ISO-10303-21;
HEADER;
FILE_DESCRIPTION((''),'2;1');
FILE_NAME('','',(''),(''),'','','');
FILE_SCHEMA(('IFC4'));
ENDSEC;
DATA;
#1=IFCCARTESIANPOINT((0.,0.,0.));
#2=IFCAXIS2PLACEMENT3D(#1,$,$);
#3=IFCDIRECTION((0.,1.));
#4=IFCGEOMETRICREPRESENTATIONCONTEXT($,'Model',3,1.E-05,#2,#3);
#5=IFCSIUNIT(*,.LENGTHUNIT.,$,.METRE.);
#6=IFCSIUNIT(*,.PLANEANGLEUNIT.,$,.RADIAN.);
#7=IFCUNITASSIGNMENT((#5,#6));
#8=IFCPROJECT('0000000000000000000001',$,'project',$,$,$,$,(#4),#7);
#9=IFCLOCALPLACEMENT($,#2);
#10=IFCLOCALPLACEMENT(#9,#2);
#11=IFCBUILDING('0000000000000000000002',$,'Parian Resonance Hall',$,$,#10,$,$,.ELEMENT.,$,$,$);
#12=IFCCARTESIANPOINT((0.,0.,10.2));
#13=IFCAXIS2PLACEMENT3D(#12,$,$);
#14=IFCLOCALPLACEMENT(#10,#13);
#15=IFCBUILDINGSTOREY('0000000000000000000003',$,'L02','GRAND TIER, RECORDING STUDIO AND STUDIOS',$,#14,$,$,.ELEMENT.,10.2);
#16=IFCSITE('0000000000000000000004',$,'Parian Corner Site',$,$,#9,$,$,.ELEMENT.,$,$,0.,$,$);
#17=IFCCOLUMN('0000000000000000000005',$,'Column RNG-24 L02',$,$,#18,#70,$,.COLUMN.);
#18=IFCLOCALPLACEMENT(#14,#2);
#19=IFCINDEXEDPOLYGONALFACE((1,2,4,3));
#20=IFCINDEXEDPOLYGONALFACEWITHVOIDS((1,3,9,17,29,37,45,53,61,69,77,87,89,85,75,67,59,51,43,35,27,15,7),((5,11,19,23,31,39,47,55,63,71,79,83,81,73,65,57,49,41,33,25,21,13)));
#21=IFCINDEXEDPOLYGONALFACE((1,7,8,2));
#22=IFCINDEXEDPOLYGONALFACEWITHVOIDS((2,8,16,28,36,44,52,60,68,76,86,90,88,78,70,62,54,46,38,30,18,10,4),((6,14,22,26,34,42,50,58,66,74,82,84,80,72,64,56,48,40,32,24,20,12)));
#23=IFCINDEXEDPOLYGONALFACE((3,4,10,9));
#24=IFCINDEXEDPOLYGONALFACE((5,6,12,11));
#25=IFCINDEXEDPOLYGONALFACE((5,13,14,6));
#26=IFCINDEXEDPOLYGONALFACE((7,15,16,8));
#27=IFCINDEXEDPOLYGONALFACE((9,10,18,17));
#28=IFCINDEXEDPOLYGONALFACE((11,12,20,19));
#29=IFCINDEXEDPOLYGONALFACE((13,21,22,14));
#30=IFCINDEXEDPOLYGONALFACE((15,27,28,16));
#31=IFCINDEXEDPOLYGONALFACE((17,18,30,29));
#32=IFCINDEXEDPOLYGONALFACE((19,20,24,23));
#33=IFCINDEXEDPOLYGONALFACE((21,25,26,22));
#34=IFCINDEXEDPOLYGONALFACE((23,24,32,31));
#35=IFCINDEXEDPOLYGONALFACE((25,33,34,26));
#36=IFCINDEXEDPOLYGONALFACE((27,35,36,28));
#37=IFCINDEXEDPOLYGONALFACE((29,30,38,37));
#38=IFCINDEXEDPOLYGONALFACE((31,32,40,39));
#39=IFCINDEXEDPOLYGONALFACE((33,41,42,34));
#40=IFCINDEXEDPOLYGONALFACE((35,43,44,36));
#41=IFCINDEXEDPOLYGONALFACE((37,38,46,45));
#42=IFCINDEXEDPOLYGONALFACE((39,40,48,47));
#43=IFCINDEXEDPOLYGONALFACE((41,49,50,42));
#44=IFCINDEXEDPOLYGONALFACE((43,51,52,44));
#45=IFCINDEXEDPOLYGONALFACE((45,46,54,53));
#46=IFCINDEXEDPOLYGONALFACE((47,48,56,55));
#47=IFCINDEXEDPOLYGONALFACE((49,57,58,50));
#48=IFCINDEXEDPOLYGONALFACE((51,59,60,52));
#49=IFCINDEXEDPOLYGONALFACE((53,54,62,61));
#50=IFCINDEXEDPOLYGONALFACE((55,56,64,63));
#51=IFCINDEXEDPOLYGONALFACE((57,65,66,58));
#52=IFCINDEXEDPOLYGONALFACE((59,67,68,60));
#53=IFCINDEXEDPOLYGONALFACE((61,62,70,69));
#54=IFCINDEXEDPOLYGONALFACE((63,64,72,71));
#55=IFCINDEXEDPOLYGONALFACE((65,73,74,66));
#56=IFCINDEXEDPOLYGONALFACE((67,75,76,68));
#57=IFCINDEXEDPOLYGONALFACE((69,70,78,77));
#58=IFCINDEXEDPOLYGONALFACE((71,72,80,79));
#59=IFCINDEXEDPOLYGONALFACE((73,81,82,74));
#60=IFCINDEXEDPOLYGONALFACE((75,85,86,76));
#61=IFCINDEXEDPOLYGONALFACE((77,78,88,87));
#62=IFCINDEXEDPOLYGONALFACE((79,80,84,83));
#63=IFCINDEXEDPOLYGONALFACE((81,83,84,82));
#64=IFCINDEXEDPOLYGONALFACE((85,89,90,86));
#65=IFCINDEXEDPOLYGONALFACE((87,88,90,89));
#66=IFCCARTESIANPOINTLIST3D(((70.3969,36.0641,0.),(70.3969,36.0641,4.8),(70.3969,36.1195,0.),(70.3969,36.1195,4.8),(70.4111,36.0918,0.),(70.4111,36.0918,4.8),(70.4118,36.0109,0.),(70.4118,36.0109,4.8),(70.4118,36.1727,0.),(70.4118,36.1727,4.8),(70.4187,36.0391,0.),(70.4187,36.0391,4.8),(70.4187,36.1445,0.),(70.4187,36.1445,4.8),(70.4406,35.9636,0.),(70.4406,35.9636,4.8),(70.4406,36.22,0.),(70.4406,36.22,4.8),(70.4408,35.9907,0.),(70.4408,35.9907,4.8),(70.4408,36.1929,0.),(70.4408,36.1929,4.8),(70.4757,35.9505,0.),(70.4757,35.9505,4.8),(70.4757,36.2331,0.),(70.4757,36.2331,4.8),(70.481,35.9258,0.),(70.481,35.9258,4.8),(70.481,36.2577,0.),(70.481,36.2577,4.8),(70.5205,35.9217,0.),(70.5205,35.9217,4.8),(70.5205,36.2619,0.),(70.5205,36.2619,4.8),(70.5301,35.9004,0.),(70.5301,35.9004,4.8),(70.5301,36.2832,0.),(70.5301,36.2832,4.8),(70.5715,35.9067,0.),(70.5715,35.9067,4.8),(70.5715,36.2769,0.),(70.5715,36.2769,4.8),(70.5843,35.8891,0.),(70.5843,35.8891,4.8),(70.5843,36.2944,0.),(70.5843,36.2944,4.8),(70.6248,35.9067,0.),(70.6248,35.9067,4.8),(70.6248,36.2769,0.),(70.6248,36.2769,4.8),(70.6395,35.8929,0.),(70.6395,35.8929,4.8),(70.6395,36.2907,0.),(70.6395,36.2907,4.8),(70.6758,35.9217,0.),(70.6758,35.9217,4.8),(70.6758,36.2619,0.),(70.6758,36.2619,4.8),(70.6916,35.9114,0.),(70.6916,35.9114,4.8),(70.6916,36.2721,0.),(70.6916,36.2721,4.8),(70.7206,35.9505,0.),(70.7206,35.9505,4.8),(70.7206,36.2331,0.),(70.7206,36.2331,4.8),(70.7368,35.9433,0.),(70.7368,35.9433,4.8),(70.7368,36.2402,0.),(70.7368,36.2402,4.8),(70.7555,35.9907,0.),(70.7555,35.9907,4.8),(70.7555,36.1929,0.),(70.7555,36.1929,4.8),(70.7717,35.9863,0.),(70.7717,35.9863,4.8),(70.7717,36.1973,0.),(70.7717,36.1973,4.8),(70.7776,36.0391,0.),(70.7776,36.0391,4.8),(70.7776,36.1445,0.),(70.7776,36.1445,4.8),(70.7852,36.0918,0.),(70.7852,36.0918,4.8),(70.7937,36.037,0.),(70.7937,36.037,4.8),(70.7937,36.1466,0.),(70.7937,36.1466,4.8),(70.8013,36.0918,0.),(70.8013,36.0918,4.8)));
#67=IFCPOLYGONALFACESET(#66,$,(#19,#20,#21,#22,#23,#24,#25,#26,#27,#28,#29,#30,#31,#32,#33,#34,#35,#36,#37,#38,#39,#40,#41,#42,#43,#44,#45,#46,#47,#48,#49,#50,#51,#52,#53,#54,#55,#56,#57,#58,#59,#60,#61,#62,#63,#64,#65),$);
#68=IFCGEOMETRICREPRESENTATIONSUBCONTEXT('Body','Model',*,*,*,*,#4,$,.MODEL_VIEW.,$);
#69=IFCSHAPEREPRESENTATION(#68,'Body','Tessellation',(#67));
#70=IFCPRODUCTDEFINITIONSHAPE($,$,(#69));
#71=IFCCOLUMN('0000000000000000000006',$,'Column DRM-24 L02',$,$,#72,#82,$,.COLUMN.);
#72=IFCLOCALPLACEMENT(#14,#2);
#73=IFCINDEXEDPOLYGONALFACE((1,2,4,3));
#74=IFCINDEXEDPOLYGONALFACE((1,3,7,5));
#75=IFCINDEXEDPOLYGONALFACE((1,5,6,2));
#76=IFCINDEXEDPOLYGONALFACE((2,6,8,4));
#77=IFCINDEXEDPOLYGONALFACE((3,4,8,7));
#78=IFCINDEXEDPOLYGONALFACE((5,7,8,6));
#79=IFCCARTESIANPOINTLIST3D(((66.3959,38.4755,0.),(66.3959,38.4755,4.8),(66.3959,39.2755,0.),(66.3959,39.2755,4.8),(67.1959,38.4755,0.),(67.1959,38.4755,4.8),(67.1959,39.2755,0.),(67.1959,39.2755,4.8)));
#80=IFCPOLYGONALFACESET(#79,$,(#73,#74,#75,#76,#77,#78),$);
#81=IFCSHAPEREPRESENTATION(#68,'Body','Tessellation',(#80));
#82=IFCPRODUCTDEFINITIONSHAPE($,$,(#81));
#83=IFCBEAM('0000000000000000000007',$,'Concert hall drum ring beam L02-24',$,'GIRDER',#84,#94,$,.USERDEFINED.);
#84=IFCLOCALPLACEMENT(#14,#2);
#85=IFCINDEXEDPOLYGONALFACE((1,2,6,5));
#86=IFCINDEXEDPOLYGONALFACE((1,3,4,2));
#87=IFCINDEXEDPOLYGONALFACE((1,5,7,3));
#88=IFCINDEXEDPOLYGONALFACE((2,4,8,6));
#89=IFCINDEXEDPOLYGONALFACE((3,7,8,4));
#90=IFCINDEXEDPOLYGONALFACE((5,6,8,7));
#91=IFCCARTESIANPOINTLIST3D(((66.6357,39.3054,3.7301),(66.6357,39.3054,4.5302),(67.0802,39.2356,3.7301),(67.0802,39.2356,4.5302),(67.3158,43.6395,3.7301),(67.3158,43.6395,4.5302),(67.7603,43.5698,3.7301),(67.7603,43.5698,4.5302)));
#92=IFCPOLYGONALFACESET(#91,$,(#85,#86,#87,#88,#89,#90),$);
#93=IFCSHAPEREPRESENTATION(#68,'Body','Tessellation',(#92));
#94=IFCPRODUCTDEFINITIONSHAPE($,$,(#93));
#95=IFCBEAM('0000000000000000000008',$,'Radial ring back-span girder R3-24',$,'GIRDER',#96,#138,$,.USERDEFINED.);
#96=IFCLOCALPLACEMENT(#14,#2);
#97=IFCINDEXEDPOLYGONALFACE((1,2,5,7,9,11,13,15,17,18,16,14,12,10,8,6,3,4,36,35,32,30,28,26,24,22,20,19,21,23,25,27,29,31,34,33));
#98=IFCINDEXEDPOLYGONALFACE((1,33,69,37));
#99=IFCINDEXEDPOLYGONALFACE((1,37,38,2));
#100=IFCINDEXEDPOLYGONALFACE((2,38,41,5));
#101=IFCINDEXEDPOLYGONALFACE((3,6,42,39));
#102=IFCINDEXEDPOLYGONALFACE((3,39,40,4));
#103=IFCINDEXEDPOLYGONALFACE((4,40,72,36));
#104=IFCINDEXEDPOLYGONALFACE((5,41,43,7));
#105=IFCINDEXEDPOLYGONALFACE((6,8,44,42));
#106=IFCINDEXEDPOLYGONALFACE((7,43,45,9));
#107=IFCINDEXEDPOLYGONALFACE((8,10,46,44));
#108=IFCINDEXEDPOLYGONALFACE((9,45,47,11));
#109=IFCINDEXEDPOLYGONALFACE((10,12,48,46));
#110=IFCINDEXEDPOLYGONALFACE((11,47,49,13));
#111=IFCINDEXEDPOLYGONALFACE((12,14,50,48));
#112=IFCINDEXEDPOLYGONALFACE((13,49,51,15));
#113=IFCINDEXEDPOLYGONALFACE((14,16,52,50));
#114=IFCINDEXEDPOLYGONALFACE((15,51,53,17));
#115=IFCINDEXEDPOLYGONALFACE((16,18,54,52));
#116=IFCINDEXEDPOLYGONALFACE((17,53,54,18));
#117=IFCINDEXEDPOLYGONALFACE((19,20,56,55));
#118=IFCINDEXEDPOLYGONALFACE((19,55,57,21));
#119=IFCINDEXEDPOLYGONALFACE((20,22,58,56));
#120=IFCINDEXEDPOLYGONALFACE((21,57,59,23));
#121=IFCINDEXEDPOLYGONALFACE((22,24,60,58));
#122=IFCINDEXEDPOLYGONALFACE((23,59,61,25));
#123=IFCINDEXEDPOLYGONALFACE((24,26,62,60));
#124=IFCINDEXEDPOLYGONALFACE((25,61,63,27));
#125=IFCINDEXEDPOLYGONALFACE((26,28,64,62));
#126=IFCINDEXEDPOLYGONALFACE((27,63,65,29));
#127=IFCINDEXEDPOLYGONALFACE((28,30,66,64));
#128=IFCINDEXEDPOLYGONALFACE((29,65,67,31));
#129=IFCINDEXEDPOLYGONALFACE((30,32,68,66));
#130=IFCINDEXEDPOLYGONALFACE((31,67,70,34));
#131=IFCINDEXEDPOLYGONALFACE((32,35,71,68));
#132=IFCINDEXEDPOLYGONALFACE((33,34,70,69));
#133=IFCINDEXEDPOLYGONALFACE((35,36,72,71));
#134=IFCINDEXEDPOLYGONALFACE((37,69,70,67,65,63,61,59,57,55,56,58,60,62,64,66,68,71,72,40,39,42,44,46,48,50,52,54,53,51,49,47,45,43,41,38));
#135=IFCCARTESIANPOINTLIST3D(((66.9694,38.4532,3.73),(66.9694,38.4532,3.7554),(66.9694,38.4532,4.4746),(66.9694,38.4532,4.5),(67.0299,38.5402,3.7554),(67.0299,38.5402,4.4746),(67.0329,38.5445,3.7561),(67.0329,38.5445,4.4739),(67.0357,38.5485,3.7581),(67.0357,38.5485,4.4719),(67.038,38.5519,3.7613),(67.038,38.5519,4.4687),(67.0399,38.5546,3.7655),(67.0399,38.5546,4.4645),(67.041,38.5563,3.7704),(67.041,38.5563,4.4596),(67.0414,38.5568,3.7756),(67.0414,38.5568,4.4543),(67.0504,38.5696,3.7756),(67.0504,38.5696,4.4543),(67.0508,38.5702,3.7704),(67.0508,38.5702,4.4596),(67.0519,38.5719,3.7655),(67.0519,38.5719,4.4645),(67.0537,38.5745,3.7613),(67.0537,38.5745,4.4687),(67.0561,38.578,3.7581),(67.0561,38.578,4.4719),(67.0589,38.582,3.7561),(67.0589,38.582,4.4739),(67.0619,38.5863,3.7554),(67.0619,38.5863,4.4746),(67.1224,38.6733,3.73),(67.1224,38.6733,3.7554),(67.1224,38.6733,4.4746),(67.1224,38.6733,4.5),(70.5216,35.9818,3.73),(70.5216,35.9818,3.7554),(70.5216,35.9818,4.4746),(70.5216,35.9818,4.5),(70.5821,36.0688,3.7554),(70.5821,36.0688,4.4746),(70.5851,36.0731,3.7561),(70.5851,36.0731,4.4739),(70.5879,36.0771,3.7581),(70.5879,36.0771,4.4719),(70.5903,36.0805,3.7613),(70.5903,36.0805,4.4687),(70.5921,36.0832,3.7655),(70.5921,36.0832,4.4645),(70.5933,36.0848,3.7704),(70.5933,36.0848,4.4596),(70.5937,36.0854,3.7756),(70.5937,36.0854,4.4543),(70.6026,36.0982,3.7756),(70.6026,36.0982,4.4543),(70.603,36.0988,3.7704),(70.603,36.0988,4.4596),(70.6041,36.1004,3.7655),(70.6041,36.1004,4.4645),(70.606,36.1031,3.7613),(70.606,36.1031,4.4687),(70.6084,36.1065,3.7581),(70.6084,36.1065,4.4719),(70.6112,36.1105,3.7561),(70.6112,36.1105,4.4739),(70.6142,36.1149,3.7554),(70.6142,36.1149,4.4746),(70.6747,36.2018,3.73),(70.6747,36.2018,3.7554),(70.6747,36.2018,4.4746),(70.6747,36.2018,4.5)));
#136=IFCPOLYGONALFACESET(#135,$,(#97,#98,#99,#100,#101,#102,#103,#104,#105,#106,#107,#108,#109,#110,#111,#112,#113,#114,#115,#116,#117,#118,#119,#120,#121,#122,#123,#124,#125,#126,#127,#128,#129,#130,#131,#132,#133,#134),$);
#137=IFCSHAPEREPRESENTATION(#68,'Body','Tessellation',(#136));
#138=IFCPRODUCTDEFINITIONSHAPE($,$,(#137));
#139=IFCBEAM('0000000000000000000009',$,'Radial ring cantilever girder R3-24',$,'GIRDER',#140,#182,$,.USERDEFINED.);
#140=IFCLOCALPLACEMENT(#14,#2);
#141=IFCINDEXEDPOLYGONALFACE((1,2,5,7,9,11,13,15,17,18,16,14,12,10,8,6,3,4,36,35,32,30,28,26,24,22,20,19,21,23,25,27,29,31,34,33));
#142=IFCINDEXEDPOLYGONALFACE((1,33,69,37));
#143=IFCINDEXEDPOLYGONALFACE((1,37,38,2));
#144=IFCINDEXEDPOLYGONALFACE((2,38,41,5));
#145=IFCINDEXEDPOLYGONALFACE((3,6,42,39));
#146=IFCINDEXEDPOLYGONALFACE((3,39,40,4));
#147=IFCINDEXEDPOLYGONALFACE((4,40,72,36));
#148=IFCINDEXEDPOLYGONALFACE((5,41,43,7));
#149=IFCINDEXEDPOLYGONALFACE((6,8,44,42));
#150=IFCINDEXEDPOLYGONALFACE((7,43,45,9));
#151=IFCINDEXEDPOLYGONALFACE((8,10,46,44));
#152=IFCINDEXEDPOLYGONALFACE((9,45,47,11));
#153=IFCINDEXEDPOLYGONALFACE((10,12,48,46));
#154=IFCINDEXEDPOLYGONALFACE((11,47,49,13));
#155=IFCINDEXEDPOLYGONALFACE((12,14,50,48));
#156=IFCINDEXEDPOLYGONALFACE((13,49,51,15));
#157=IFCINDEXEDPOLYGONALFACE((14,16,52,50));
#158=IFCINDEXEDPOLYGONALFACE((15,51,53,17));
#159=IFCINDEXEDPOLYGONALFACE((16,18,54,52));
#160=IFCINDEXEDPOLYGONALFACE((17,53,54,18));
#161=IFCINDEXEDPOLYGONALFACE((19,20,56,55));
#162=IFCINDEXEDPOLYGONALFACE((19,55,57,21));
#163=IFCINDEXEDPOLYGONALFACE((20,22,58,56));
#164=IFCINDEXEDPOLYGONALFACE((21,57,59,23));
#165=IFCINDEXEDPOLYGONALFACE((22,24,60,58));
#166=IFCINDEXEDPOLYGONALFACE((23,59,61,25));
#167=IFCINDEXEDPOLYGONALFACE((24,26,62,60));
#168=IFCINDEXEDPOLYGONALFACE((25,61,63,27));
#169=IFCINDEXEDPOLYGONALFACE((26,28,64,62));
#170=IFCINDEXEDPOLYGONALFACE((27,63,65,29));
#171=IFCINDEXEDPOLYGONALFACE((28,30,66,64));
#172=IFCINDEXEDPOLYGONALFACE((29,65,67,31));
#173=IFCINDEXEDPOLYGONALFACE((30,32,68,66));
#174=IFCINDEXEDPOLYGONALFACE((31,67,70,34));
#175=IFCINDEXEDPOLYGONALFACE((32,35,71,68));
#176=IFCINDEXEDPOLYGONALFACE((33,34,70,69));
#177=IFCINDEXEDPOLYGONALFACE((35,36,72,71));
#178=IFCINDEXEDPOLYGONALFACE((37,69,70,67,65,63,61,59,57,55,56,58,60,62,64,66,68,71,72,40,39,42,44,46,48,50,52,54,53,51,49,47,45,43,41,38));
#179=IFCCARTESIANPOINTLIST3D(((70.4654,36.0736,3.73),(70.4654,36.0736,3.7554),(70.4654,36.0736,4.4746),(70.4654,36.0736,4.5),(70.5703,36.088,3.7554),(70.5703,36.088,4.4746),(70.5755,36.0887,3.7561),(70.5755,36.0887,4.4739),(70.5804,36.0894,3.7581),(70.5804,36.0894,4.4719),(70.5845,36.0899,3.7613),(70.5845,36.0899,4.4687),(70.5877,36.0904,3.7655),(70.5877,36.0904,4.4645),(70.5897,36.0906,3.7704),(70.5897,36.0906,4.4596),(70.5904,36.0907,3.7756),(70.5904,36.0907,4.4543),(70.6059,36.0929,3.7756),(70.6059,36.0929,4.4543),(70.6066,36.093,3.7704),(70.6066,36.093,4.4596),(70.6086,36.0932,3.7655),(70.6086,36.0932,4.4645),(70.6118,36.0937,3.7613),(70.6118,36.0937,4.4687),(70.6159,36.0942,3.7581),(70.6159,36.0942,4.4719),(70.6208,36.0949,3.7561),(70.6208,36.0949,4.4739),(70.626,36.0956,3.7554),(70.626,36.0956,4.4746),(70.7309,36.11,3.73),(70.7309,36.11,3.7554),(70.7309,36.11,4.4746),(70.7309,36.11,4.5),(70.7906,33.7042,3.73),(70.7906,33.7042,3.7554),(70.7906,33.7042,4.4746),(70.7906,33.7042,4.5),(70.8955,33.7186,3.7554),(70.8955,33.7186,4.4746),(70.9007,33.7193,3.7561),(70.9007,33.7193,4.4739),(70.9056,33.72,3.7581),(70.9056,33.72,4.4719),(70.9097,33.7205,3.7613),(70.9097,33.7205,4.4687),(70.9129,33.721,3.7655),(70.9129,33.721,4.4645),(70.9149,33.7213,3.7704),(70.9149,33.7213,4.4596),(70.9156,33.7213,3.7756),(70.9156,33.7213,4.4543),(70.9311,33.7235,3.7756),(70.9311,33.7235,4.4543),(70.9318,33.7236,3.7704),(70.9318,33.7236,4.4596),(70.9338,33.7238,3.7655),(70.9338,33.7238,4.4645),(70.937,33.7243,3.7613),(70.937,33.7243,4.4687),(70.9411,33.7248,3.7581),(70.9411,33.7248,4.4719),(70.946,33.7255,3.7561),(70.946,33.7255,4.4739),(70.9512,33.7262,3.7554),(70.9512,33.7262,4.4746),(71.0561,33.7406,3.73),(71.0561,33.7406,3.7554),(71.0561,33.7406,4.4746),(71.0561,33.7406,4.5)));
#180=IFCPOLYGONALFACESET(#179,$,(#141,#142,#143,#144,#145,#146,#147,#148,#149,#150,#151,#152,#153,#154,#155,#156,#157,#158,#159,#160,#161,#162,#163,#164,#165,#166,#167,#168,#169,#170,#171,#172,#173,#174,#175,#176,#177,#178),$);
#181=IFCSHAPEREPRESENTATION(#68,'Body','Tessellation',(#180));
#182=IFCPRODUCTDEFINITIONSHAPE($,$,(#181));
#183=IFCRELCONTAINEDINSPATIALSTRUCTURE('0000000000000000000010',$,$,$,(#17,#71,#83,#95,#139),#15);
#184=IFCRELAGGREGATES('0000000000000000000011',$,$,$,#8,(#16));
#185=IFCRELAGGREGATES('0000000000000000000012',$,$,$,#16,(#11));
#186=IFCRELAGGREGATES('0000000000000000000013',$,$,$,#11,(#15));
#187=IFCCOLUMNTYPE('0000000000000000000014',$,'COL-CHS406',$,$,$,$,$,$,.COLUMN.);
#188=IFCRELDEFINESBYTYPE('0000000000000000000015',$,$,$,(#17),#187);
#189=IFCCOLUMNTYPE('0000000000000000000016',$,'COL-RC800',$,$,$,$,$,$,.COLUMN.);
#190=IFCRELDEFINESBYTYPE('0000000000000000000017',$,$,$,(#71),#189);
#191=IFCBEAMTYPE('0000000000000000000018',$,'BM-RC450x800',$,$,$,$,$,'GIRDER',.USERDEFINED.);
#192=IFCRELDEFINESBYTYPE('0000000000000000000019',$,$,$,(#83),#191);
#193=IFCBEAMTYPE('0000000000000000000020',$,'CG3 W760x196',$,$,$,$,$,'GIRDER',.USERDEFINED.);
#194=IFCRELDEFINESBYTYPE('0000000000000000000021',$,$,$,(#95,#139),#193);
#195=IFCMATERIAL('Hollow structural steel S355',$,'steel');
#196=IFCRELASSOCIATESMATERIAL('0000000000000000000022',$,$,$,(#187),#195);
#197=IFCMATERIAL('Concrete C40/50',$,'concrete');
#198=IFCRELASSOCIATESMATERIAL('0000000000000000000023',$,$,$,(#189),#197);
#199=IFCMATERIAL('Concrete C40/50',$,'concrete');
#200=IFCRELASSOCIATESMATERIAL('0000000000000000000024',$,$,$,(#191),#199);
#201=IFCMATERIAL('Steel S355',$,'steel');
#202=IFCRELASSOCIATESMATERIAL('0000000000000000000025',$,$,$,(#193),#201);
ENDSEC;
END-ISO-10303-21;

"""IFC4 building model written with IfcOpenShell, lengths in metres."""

from ifc_helpers import new_model, si_unit, direction, frame, origin, origin_2d, place, context, subcontext, project, spatial, rectangle, hollow_circle, i_section, extrude, material, material_profile, profile_set, type_object, element, save


model = new_model("IFC4")

# Units and contexts
model_context = context("Model", 3, precision=1e-05, world=origin(), true_north=direction((0.0, 1.0)))
body_context = subcontext(model_context, "Body", "Model", "MODEL_VIEW")
ifc_project = project(units=[si_unit("LENGTHUNIT", "METRE"), si_unit("PLANEANGLEUNIT", "RADIAN")], contexts=[model_context])

# Site, building, storey
site_placement = place(None, origin())
site = spatial("IfcSite", under=ifc_project, at=site_placement, Name="Parian Corner Site", CompositionType="ELEMENT", RefElevation=0.0)
building_placement = place(site_placement, origin())
building = spatial("IfcBuilding", under=site, at=building_placement, Name="Parian Resonance Hall", CompositionType="ELEMENT")
storey_placement = place(building_placement, frame((0.0, 0.0, 10.2)))
storey = spatial("IfcBuildingStorey", under=building, at=storey_placement, Name="L02", Description="GRAND TIER, RECORDING STUDIO AND STUDIOS", CompositionType="ELEMENT", Elevation=10.2)

# Columns
ifc_material_1 = material(Name="Hollow structural steel S355", Category="steel")
ifc_material_profile_1 = material_profile(ifc_material_1, hollow_circle(Radius=0.2031, WallThickness=0.0161, at=origin_2d()), Name="CHS406.4x16")
ifc_profile_set_1 = profile_set([ifc_material_profile_1], Name="Hollow structural steel S355")
column_type_1 = type_object("IfcColumnType", Name="COL-CHS406", PredefinedType="COLUMN", material=ifc_profile_set_1)
column_1_placement = place(storey_placement, frame((70.5981, 36.0918, 0.0), z_axis=(0.0, 0.0, 1.0), x_axis=(1.0, 0.0, 0.0)))
element("IfcColumn", 1, at=column_1_placement, inside=storey, type_object=column_type_1, Name="Column RNG-24 L02", PredefinedType="COLUMN", context=body_context, shape_type="SweptSolid", body=[
    extrude(hollow_circle(Radius=0.2031, WallThickness=0.0161, at=origin_2d()), origin(), (0.0, 0.0, 1.0), 4.8),
])
ifc_material_2 = material(Name="Concrete C40/50", Category="concrete")
ifc_material_profile_2 = material_profile(ifc_material_2, rectangle(XDim=0.8, YDim=0.8, at=origin_2d()), Name="RC-COL-800x800")
ifc_profile_set_2 = profile_set([ifc_material_profile_2], Name="Concrete C40/50")
column_type_2 = type_object("IfcColumnType", Name="COL-RC800", PredefinedType="COLUMN", material=ifc_profile_set_2)
column_2_placement = place(storey_placement, frame((66.7959, 38.8755, 0.0), z_axis=(0.0, 0.0, 1.0), x_axis=(1.0, 0.0, 0.0)))
element("IfcColumn", 2, at=column_2_placement, inside=storey, type_object=column_type_2, Name="Column DRM-24 L02", PredefinedType="COLUMN", context=body_context, shape_type="SweptSolid", body=[
    extrude(rectangle(XDim=0.8, YDim=0.8, at=origin_2d()), origin(), (0.0, 0.0, 1.0), 4.8),
])

# Beams
ifc_material_3 = material(Name="Concrete C40/50", Category="concrete")
ifc_material_profile_3 = material_profile(ifc_material_3, rectangle(XDim=0.45, YDim=0.8, at=origin_2d()), Name="RC-BM-450x800")
ifc_profile_set_3 = profile_set([ifc_material_profile_3], Name="Concrete C40/50")
beam_type_1 = type_object("IfcBeamType", Name="BM-RC450x800", ElementType="GIRDER", PredefinedType="USERDEFINED", material=ifc_profile_set_3)
beam_1_placement = place(storey_placement, frame((66.8579, 39.2705, 4.1301), z_axis=(0.155034, 0.987909, 0.0), x_axis=(-0.987909, 0.155034, 0.0)))
element("IfcBeam", 3, at=beam_1_placement, inside=storey, type_object=beam_type_1, Name="Concert hall drum ring beam L02-24", ObjectType="GIRDER", PredefinedType="USERDEFINED", context=body_context, shape_type="SweptSolid", body=[
    extrude(rectangle(XDim=0.45, YDim=0.8, at=origin_2d()), origin(), (0.0, 0.0, 1.0), 4.3872),
])
ifc_material_4 = material(Name="Steel S355", Category="steel")
ifc_material_profile_4 = material_profile(ifc_material_4, i_section(OverallWidth=0.2681, OverallDepth=0.77, WebThickness=0.0156, FlangeThickness=0.0254, FilletRadius=0.0203, at=origin_2d()), Name="W760x196")
ifc_profile_set_4 = profile_set([ifc_material_profile_4], Name="Steel S355")
beam_type_2 = type_object("IfcBeamType", Name="CG3 W760x196", ElementType="GIRDER", PredefinedType="USERDEFINED", material=ifc_profile_set_4)
beam_2_placement = place(storey_placement, frame((67.0459, 38.5632, 4.115), z_axis=(0.820872, -0.571112, 0.0), x_axis=(0.571112, 0.820872, 0.0)))
element("IfcBeam", 4, at=beam_2_placement, inside=storey, type_object=beam_type_2, Name="Radial ring back-span girder R3-24", ObjectType="GIRDER", PredefinedType="USERDEFINED", context=body_context, shape_type="SweptSolid", body=[
    extrude(i_section(OverallWidth=0.2681, OverallDepth=0.77, WebThickness=0.0156, FlangeThickness=0.0254, FilletRadius=0.0203, at=origin_2d()), origin(), (0.0, 0.0, 1.0), 4.3274),
])
beam_3_placement = place(storey_placement, frame((70.5981, 36.0918, 4.115), z_axis=(0.135974, -0.990712, 0.0), x_axis=(0.990712, 0.135974, 0.0)))
element("IfcBeam", 5, at=beam_3_placement, inside=storey, type_object=beam_type_2, Name="Radial ring cantilever girder R3-24", ObjectType="GIRDER", PredefinedType="USERDEFINED", context=body_context, shape_type="SweptSolid", body=[
    extrude(i_section(OverallWidth=0.2681, OverallDepth=0.77, WebThickness=0.0156, FlangeThickness=0.0254, FilletRadius=0.0203, at=origin_2d()), origin(), (0.0, 0.0, 1.0), 2.3916),
])

save(model, "model.ifc")
